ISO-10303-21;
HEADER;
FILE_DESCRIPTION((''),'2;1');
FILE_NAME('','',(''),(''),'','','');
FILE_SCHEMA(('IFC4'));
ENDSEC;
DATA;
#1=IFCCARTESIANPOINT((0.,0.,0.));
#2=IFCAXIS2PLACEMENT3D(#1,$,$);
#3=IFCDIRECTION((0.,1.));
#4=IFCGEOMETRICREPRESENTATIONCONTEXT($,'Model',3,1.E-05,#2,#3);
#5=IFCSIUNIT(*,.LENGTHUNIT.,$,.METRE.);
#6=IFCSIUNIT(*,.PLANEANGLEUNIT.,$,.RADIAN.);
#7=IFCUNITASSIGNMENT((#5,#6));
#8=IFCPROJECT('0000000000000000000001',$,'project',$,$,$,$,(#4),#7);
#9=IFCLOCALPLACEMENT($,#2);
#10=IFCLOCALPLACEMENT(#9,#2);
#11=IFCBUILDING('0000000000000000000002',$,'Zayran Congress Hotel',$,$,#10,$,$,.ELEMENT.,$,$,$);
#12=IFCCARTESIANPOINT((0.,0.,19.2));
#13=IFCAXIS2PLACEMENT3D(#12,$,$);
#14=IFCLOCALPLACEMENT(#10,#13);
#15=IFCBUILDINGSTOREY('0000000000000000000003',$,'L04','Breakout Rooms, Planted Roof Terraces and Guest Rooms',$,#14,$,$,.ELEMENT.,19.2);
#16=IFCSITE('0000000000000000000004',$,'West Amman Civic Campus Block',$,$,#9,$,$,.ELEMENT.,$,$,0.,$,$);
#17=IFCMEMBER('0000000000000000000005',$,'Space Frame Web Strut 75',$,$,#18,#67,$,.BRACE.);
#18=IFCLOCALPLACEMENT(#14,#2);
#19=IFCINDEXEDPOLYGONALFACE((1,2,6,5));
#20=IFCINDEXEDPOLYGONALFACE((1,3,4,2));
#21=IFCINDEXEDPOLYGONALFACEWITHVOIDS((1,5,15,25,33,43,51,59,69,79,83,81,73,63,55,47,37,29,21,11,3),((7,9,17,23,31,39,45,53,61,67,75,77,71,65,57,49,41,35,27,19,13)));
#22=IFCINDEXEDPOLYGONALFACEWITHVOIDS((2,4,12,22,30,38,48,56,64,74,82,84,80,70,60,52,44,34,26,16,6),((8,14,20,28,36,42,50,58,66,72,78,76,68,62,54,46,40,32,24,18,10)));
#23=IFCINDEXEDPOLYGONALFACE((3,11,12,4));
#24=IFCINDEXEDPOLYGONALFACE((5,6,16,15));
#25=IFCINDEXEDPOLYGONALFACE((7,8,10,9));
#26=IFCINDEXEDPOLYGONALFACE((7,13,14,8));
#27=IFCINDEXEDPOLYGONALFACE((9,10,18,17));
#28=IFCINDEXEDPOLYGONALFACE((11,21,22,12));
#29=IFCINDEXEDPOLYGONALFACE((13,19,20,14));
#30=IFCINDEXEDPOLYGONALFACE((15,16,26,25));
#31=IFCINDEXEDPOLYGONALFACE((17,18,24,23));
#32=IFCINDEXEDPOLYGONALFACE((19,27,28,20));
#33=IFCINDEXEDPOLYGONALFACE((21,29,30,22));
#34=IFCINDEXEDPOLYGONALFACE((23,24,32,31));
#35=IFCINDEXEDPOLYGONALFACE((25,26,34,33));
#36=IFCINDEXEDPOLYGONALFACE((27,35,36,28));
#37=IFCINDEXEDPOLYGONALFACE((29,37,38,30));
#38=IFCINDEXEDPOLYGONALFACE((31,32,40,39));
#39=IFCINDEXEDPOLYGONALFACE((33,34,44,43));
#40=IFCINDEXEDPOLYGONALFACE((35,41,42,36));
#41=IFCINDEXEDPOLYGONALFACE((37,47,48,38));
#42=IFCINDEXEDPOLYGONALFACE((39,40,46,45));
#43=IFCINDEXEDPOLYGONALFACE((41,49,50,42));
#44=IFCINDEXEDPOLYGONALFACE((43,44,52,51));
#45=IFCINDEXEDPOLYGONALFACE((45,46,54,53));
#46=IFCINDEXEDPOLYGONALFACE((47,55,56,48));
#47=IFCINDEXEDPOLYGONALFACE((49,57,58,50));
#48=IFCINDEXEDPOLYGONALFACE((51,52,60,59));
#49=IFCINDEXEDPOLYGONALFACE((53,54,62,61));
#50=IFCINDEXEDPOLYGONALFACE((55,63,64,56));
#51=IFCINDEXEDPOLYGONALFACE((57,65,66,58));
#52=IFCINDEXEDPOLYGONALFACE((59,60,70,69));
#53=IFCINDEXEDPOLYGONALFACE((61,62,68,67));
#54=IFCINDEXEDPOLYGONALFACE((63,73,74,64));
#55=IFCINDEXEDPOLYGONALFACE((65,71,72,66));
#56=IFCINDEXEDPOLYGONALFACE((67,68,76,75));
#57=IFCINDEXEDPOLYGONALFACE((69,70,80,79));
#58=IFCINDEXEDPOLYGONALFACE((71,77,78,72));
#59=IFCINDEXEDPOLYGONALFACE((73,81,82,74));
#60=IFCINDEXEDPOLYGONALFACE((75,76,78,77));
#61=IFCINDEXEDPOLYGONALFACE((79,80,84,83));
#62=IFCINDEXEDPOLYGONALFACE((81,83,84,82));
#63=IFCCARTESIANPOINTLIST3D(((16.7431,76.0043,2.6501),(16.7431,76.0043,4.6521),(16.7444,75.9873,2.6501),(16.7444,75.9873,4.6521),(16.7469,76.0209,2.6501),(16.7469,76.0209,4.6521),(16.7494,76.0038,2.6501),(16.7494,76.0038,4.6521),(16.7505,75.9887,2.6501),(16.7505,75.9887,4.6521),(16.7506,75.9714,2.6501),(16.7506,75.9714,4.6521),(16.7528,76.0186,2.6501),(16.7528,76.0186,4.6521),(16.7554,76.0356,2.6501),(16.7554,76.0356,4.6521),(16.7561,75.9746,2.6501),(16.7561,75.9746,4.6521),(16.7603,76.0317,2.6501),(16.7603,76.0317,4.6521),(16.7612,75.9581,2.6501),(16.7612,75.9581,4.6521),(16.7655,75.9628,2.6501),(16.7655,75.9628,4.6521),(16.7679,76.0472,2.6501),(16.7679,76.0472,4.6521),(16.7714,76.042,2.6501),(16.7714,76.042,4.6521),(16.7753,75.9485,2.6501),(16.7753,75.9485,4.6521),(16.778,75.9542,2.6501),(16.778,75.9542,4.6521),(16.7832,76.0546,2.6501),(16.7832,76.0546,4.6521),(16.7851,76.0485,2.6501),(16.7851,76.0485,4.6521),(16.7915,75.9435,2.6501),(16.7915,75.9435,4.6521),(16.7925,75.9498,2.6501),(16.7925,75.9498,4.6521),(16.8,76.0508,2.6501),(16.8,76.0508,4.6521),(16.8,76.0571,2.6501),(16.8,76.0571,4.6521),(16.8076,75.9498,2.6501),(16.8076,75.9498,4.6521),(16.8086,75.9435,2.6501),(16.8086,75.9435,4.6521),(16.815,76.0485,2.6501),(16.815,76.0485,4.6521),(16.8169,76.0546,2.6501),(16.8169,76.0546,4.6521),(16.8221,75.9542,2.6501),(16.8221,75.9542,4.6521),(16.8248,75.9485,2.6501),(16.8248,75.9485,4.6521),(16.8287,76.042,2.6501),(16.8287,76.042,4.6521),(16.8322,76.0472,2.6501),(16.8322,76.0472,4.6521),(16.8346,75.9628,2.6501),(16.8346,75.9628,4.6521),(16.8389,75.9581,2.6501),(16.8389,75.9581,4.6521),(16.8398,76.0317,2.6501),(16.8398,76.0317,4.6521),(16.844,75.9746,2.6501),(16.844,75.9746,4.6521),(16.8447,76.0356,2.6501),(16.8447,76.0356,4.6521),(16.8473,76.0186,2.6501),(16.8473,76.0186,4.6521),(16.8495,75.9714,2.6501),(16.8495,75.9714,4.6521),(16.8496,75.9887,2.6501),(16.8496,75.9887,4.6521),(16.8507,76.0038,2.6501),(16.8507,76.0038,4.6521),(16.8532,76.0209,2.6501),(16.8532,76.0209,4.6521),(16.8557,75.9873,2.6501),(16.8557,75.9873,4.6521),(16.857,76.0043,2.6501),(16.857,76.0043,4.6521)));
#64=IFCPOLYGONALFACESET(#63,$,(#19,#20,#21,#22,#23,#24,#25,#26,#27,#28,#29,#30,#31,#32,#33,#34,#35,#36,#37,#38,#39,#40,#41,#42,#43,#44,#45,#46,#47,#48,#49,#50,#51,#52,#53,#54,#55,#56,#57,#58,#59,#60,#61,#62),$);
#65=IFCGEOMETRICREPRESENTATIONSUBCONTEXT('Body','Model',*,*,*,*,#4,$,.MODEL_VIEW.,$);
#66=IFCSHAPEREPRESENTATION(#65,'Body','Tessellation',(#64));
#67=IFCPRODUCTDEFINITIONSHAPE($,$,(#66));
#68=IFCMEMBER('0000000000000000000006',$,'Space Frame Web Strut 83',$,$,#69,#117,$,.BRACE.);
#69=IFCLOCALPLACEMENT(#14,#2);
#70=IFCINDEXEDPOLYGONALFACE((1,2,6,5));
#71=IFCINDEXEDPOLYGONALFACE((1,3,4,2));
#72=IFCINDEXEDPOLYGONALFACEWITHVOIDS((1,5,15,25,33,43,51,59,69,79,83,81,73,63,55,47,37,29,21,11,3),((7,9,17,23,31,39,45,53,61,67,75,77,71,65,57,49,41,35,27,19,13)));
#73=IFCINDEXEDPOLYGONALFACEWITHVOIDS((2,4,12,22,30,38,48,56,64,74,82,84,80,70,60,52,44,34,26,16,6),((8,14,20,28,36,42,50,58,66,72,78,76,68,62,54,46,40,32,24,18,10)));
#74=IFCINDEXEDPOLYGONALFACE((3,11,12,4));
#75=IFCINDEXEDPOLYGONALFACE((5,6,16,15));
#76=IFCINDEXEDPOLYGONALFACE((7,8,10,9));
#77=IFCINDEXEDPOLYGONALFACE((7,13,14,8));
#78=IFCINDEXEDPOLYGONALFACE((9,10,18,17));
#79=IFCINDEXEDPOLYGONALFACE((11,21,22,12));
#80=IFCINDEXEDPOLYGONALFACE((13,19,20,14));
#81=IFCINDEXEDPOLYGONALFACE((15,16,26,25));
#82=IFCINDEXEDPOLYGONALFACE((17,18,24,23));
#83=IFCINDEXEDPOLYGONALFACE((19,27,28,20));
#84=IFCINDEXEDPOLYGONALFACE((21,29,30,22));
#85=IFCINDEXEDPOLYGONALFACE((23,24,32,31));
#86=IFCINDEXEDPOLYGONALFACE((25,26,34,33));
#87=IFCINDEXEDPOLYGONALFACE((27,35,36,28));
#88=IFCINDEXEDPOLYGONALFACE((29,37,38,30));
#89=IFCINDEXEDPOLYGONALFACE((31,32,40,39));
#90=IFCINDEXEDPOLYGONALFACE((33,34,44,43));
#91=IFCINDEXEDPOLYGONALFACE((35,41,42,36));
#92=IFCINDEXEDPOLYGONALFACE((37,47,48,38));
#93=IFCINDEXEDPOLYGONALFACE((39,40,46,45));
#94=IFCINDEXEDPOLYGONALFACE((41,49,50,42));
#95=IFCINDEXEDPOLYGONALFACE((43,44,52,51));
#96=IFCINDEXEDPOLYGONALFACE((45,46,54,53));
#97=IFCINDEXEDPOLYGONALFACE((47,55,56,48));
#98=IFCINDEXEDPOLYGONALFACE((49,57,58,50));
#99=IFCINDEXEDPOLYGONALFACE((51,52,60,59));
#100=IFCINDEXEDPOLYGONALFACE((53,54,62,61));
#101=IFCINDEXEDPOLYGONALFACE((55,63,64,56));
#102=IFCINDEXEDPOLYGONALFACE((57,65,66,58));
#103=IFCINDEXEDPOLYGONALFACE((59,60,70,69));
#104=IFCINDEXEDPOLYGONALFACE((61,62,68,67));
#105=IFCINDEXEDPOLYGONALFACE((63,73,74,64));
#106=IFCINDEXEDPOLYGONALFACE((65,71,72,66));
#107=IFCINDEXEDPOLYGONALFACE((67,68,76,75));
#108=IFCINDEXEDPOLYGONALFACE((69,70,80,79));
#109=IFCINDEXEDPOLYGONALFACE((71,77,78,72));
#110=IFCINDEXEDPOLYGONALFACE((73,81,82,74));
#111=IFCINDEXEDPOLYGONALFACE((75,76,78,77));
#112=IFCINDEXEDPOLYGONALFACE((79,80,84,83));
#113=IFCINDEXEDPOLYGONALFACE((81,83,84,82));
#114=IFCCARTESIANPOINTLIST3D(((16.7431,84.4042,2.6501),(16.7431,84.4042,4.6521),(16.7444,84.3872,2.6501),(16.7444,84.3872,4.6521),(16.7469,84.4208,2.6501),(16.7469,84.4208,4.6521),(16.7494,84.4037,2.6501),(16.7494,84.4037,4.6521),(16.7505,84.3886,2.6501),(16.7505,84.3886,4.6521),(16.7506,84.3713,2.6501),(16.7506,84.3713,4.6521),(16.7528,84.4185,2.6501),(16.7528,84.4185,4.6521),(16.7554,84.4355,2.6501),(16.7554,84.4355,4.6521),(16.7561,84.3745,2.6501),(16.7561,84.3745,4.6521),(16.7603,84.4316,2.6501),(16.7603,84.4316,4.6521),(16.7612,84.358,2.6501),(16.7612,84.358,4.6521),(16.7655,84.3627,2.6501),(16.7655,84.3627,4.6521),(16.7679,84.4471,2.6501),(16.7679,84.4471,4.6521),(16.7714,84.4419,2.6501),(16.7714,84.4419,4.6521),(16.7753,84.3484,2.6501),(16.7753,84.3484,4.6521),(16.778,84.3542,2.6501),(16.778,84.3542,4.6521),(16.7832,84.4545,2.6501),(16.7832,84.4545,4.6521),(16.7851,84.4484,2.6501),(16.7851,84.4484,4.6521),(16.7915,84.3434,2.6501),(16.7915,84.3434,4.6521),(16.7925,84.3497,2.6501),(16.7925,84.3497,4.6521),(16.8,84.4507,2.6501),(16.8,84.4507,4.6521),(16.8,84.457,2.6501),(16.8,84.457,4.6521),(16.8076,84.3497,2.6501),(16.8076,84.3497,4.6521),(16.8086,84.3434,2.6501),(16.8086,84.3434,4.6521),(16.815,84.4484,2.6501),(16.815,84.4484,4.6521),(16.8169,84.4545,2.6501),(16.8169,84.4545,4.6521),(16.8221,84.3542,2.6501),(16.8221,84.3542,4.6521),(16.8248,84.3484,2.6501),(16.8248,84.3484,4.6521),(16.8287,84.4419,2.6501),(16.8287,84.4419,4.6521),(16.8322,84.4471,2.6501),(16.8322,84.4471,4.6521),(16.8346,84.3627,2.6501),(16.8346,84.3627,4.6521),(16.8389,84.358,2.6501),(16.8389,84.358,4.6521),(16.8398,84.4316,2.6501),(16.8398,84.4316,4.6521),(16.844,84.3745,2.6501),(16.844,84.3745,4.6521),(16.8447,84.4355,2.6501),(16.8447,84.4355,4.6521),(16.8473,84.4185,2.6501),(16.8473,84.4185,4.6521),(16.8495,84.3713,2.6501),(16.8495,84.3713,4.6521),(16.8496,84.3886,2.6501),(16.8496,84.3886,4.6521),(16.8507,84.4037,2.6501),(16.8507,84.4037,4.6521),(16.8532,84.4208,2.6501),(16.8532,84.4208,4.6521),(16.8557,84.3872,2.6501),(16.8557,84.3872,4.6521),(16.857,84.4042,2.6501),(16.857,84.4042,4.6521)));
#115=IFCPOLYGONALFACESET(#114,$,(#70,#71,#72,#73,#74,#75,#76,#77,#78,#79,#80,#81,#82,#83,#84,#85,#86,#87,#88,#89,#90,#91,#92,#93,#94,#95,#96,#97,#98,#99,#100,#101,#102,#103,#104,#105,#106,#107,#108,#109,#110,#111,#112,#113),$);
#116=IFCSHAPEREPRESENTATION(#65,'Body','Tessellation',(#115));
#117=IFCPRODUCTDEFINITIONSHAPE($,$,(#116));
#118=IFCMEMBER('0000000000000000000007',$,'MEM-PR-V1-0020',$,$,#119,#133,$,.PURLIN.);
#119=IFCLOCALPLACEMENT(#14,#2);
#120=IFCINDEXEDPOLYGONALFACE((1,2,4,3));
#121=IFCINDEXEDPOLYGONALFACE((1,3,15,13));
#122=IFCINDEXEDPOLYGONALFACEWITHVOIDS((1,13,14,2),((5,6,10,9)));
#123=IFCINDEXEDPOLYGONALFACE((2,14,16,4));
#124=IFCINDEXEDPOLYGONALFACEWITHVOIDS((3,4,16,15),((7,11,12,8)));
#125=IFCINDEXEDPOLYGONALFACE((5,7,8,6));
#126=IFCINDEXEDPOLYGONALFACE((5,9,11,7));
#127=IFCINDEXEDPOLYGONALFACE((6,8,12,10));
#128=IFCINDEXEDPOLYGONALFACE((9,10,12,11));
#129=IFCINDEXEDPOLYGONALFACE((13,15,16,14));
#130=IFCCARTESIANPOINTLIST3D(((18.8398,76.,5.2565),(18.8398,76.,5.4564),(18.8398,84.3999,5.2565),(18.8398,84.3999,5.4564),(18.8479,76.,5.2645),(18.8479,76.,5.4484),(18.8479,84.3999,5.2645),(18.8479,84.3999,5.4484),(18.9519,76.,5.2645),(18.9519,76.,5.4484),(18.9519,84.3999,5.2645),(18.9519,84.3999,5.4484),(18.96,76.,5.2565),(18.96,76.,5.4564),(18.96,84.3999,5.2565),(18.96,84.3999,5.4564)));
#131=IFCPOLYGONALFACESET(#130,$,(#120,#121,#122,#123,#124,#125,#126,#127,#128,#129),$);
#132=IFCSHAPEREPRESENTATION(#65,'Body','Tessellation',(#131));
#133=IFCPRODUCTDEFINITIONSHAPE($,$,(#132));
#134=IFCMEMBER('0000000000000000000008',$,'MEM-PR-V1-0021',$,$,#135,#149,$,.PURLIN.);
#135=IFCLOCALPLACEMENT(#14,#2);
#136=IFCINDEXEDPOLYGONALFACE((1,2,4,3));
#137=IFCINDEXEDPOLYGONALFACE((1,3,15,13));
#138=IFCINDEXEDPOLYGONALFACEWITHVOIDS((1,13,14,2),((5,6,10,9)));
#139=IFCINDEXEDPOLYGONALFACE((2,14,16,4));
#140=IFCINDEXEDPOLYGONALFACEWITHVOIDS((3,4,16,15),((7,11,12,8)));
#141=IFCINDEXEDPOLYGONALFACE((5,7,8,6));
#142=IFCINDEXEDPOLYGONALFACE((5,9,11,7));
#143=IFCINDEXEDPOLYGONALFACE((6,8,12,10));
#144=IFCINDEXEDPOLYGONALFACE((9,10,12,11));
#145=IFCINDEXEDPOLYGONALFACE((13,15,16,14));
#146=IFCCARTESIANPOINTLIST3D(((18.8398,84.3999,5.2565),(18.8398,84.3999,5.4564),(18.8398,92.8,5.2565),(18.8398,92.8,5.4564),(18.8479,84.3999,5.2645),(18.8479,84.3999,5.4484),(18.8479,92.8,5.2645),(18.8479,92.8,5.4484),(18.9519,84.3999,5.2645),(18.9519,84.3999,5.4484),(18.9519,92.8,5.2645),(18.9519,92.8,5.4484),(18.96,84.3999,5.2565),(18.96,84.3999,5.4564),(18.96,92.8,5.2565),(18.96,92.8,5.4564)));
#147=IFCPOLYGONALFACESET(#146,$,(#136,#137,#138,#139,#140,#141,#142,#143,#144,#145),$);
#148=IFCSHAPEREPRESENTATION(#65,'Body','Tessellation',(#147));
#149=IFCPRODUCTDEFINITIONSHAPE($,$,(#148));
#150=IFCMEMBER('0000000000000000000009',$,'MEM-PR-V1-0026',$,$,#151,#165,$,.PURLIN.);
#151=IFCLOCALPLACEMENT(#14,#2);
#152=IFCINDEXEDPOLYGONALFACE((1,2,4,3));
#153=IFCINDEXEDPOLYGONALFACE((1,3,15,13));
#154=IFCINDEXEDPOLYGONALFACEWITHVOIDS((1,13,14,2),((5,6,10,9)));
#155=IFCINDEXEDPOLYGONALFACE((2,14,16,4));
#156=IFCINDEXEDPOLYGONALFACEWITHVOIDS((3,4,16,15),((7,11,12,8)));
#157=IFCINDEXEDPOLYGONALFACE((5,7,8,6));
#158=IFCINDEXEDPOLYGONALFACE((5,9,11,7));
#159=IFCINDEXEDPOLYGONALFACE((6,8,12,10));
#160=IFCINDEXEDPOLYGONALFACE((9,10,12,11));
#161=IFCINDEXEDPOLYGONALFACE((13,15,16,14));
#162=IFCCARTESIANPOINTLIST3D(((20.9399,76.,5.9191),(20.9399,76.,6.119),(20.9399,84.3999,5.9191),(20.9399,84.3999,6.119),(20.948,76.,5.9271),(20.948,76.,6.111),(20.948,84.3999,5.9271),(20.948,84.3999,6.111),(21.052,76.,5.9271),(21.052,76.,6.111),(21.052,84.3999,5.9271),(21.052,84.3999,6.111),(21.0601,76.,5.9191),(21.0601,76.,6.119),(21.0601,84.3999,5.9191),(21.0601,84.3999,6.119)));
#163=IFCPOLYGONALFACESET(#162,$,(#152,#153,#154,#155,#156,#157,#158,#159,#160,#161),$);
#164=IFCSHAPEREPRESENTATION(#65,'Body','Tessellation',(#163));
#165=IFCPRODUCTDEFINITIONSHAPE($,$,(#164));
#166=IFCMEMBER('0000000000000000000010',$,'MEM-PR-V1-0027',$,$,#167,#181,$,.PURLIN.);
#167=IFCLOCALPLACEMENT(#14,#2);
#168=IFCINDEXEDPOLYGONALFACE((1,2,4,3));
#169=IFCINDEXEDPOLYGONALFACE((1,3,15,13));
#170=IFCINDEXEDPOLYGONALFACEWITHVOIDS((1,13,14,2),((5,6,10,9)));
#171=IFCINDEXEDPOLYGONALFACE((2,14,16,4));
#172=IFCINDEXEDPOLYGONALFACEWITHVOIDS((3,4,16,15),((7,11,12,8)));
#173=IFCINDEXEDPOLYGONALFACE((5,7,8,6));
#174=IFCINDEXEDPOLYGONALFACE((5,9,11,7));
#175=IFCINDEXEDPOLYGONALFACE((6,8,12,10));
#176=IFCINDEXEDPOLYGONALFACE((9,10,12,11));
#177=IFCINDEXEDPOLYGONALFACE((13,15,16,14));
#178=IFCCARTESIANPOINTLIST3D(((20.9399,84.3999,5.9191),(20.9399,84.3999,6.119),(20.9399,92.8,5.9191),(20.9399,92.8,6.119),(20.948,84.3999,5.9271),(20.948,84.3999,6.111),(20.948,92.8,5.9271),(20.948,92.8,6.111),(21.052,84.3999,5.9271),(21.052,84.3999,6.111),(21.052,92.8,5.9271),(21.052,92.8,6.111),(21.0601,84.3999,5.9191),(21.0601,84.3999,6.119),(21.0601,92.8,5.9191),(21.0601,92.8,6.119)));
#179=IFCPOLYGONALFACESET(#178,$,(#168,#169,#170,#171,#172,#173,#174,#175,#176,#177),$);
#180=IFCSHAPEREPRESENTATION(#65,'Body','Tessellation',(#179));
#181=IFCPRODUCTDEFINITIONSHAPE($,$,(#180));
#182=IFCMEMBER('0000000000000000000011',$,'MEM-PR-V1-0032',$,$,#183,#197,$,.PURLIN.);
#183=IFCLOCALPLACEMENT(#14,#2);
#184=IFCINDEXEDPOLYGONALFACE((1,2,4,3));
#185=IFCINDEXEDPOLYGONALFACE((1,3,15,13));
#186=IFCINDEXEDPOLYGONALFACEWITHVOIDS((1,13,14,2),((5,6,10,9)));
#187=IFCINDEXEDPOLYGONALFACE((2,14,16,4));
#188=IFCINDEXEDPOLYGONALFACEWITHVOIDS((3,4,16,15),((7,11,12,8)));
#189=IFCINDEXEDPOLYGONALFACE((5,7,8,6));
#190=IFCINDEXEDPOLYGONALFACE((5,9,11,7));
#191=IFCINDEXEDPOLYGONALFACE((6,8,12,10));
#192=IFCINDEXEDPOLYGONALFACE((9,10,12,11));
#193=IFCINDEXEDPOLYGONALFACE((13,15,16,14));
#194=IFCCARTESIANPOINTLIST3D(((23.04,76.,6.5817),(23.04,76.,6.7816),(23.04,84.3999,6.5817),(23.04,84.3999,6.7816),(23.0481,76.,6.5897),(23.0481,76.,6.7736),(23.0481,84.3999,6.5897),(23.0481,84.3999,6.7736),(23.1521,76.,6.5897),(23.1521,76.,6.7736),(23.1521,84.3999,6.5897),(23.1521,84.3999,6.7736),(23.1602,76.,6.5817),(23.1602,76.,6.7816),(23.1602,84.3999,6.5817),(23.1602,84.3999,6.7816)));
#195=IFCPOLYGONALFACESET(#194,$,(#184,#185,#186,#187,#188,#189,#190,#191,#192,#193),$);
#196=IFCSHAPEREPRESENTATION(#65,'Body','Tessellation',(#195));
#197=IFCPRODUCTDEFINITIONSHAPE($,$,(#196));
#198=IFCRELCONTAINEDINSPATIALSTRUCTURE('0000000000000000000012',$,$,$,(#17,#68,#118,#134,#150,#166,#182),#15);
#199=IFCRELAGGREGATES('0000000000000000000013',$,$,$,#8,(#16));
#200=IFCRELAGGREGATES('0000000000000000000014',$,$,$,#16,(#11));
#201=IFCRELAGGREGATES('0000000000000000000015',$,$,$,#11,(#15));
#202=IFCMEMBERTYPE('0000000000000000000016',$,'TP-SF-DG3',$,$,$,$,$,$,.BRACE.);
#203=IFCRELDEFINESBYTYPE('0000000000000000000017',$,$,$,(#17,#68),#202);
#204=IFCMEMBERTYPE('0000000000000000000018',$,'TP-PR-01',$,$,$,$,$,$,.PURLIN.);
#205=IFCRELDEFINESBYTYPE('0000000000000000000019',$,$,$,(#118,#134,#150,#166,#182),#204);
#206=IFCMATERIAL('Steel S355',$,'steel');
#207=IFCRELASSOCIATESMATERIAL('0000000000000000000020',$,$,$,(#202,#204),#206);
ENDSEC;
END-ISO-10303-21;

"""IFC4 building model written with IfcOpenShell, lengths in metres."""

from ifc_helpers import new_model, si_unit, direction, frame, origin, origin_2d, place, context, subcontext, project, spatial, hollow_rectangle, hollow_circle, extrude, material, material_profile, profile_set, type_object, element, save


model = new_model("IFC4")

# Units and contexts
model_context = context("Model", 3, precision=1e-05, world=origin(), true_north=direction((0.0, 1.0)))
body_context = subcontext(model_context, "Body", "Model", "MODEL_VIEW")
ifc_project = project(units=[si_unit("LENGTHUNIT", "METRE"), si_unit("PLANEANGLEUNIT", "RADIAN")], contexts=[model_context])

# Site, building, storey
site_placement = place(None, origin())
site = spatial("IfcSite", under=ifc_project, at=site_placement, Name="West Amman Civic Campus Block", CompositionType="ELEMENT", RefElevation=0.0)
building_placement = place(site_placement, origin())
building = spatial("IfcBuilding", under=site, at=building_placement, Name="Zayran Congress Hotel", CompositionType="ELEMENT")
storey_placement = place(building_placement, frame((0.0, 0.0, 19.2)))
storey = spatial("IfcBuildingStorey", under=building, at=storey_placement, Name="L04", Description="Breakout Rooms, Planted Roof Terraces and Guest Rooms", CompositionType="ELEMENT", Elevation=19.2)

# Members
ifc_material_1 = material(Name="Steel S355", Category="steel")
ifc_material_profile_1 = material_profile(ifc_material_1, hollow_circle(Radius=0.0571, WallThickness=0.0063, at=origin_2d()), Name="CHS 114.3x6.3")
ifc_profile_set_1 = profile_set([ifc_material_profile_1], Name="Steel S355")
member_type_1 = type_object("IfcMemberType", Name="TP-SF-DG3", PredefinedType="BRACE", material=ifc_profile_set_1)
for number, where, z_axis, x_axis, name in (
    (1, (16.8, 76.0, 2.6501), (0.0, 0.0, 1.0), (0.0, 1.0, 0.0), "Space Frame Web Strut 75"),
    (2, (16.8, 84.3999, 2.6501), (0.0, 0.0, 1.0), (0.0, 1.0, 0.0), "Space Frame Web Strut 83"),
):
    element("IfcMember", number, at=place(storey_placement, frame(where, z_axis=z_axis, x_axis=x_axis)), inside=storey, type_object=member_type_1, Name=name, PredefinedType="BRACE", context=body_context, shape_type="SweptSolid", body=[
        extrude(hollow_circle(Radius=0.0571, WallThickness=0.0063, at=origin_2d()), origin(), (0.0, 0.0, 1.0), 2.002),
    ])
ifc_material_profile_2 = material_profile(ifc_material_1, hollow_rectangle(XDim=0.1201, YDim=0.2, WallThickness=0.0081, at=origin_2d()), Name="RHS 200x120x8")
ifc_profile_set_2 = profile_set([ifc_material_profile_2], Name="Steel S355")
member_type_2 = type_object("IfcMemberType", Name="TP-PR-01", PredefinedType="PURLIN", material=ifc_profile_set_2)
member_1_placement = place(storey_placement, frame((18.8999, 76.0, 5.3564), z_axis=(0.0, 1.0, 0.0), x_axis=(-1.0, 0.0, 0.0)))
element("IfcMember", 3, at=member_1_placement, inside=storey, type_object=member_type_2, Name="MEM-PR-V1-0020", PredefinedType="PURLIN", context=body_context, shape_type="SweptSolid", body=[
    extrude(hollow_rectangle(XDim=0.1201, YDim=0.2, WallThickness=0.0081, at=origin_2d()), origin(), (0.0, 0.0, 1.0), 8.3999),
])
member_2_placement = place(storey_placement, frame((18.8999, 84.3999, 5.3564), z_axis=(0.0, 1.0, 0.0), x_axis=(-1.0, 0.0, 0.0)))
element("IfcMember", 4, at=member_2_placement, inside=storey, type_object=member_type_2, Name="MEM-PR-V1-0021", PredefinedType="PURLIN", context=body_context, shape_type="SweptSolid", body=[
    extrude(hollow_rectangle(XDim=0.1201, YDim=0.2, WallThickness=0.0081, at=origin_2d()), origin(), (0.0, 0.0, 1.0), 8.4001),
])
member_3_placement = place(storey_placement, frame((21.0, 76.0, 6.019), z_axis=(0.0, 1.0, 0.0), x_axis=(-1.0, 0.0, 0.0)))
element("IfcMember", 5, at=member_3_placement, inside=storey, type_object=member_type_2, Name="MEM-PR-V1-0026", PredefinedType="PURLIN", context=body_context, shape_type="SweptSolid", body=[
    extrude(hollow_rectangle(XDim=0.1201, YDim=0.2, WallThickness=0.0081, at=origin_2d()), origin(), (0.0, 0.0, 1.0), 8.3999),
])
member_4_placement = place(storey_placement, frame((21.0, 84.3999, 6.019), z_axis=(0.0, 1.0, 0.0), x_axis=(-1.0, 0.0, 0.0)))
element("IfcMember", 6, at=member_4_placement, inside=storey, type_object=member_type_2, Name="MEM-PR-V1-0027", PredefinedType="PURLIN", context=body_context, shape_type="SweptSolid", body=[
    extrude(hollow_rectangle(XDim=0.1201, YDim=0.2, WallThickness=0.0081, at=origin_2d()), origin(), (0.0, 0.0, 1.0), 8.4001),
])
member_5_placement = place(storey_placement, frame((23.1001, 76.0, 6.6816), z_axis=(0.0, 1.0, 0.0), x_axis=(-1.0, 0.0, 0.0)))
element("IfcMember", 7, at=member_5_placement, inside=storey, type_object=member_type_2, Name="MEM-PR-V1-0032", PredefinedType="PURLIN", context=body_context, shape_type="SweptSolid", body=[
    extrude(hollow_rectangle(XDim=0.1201, YDim=0.2, WallThickness=0.0081, at=origin_2d()), origin(), (0.0, 0.0, 1.0), 8.3999),
])

save(model, "model.ifc")
